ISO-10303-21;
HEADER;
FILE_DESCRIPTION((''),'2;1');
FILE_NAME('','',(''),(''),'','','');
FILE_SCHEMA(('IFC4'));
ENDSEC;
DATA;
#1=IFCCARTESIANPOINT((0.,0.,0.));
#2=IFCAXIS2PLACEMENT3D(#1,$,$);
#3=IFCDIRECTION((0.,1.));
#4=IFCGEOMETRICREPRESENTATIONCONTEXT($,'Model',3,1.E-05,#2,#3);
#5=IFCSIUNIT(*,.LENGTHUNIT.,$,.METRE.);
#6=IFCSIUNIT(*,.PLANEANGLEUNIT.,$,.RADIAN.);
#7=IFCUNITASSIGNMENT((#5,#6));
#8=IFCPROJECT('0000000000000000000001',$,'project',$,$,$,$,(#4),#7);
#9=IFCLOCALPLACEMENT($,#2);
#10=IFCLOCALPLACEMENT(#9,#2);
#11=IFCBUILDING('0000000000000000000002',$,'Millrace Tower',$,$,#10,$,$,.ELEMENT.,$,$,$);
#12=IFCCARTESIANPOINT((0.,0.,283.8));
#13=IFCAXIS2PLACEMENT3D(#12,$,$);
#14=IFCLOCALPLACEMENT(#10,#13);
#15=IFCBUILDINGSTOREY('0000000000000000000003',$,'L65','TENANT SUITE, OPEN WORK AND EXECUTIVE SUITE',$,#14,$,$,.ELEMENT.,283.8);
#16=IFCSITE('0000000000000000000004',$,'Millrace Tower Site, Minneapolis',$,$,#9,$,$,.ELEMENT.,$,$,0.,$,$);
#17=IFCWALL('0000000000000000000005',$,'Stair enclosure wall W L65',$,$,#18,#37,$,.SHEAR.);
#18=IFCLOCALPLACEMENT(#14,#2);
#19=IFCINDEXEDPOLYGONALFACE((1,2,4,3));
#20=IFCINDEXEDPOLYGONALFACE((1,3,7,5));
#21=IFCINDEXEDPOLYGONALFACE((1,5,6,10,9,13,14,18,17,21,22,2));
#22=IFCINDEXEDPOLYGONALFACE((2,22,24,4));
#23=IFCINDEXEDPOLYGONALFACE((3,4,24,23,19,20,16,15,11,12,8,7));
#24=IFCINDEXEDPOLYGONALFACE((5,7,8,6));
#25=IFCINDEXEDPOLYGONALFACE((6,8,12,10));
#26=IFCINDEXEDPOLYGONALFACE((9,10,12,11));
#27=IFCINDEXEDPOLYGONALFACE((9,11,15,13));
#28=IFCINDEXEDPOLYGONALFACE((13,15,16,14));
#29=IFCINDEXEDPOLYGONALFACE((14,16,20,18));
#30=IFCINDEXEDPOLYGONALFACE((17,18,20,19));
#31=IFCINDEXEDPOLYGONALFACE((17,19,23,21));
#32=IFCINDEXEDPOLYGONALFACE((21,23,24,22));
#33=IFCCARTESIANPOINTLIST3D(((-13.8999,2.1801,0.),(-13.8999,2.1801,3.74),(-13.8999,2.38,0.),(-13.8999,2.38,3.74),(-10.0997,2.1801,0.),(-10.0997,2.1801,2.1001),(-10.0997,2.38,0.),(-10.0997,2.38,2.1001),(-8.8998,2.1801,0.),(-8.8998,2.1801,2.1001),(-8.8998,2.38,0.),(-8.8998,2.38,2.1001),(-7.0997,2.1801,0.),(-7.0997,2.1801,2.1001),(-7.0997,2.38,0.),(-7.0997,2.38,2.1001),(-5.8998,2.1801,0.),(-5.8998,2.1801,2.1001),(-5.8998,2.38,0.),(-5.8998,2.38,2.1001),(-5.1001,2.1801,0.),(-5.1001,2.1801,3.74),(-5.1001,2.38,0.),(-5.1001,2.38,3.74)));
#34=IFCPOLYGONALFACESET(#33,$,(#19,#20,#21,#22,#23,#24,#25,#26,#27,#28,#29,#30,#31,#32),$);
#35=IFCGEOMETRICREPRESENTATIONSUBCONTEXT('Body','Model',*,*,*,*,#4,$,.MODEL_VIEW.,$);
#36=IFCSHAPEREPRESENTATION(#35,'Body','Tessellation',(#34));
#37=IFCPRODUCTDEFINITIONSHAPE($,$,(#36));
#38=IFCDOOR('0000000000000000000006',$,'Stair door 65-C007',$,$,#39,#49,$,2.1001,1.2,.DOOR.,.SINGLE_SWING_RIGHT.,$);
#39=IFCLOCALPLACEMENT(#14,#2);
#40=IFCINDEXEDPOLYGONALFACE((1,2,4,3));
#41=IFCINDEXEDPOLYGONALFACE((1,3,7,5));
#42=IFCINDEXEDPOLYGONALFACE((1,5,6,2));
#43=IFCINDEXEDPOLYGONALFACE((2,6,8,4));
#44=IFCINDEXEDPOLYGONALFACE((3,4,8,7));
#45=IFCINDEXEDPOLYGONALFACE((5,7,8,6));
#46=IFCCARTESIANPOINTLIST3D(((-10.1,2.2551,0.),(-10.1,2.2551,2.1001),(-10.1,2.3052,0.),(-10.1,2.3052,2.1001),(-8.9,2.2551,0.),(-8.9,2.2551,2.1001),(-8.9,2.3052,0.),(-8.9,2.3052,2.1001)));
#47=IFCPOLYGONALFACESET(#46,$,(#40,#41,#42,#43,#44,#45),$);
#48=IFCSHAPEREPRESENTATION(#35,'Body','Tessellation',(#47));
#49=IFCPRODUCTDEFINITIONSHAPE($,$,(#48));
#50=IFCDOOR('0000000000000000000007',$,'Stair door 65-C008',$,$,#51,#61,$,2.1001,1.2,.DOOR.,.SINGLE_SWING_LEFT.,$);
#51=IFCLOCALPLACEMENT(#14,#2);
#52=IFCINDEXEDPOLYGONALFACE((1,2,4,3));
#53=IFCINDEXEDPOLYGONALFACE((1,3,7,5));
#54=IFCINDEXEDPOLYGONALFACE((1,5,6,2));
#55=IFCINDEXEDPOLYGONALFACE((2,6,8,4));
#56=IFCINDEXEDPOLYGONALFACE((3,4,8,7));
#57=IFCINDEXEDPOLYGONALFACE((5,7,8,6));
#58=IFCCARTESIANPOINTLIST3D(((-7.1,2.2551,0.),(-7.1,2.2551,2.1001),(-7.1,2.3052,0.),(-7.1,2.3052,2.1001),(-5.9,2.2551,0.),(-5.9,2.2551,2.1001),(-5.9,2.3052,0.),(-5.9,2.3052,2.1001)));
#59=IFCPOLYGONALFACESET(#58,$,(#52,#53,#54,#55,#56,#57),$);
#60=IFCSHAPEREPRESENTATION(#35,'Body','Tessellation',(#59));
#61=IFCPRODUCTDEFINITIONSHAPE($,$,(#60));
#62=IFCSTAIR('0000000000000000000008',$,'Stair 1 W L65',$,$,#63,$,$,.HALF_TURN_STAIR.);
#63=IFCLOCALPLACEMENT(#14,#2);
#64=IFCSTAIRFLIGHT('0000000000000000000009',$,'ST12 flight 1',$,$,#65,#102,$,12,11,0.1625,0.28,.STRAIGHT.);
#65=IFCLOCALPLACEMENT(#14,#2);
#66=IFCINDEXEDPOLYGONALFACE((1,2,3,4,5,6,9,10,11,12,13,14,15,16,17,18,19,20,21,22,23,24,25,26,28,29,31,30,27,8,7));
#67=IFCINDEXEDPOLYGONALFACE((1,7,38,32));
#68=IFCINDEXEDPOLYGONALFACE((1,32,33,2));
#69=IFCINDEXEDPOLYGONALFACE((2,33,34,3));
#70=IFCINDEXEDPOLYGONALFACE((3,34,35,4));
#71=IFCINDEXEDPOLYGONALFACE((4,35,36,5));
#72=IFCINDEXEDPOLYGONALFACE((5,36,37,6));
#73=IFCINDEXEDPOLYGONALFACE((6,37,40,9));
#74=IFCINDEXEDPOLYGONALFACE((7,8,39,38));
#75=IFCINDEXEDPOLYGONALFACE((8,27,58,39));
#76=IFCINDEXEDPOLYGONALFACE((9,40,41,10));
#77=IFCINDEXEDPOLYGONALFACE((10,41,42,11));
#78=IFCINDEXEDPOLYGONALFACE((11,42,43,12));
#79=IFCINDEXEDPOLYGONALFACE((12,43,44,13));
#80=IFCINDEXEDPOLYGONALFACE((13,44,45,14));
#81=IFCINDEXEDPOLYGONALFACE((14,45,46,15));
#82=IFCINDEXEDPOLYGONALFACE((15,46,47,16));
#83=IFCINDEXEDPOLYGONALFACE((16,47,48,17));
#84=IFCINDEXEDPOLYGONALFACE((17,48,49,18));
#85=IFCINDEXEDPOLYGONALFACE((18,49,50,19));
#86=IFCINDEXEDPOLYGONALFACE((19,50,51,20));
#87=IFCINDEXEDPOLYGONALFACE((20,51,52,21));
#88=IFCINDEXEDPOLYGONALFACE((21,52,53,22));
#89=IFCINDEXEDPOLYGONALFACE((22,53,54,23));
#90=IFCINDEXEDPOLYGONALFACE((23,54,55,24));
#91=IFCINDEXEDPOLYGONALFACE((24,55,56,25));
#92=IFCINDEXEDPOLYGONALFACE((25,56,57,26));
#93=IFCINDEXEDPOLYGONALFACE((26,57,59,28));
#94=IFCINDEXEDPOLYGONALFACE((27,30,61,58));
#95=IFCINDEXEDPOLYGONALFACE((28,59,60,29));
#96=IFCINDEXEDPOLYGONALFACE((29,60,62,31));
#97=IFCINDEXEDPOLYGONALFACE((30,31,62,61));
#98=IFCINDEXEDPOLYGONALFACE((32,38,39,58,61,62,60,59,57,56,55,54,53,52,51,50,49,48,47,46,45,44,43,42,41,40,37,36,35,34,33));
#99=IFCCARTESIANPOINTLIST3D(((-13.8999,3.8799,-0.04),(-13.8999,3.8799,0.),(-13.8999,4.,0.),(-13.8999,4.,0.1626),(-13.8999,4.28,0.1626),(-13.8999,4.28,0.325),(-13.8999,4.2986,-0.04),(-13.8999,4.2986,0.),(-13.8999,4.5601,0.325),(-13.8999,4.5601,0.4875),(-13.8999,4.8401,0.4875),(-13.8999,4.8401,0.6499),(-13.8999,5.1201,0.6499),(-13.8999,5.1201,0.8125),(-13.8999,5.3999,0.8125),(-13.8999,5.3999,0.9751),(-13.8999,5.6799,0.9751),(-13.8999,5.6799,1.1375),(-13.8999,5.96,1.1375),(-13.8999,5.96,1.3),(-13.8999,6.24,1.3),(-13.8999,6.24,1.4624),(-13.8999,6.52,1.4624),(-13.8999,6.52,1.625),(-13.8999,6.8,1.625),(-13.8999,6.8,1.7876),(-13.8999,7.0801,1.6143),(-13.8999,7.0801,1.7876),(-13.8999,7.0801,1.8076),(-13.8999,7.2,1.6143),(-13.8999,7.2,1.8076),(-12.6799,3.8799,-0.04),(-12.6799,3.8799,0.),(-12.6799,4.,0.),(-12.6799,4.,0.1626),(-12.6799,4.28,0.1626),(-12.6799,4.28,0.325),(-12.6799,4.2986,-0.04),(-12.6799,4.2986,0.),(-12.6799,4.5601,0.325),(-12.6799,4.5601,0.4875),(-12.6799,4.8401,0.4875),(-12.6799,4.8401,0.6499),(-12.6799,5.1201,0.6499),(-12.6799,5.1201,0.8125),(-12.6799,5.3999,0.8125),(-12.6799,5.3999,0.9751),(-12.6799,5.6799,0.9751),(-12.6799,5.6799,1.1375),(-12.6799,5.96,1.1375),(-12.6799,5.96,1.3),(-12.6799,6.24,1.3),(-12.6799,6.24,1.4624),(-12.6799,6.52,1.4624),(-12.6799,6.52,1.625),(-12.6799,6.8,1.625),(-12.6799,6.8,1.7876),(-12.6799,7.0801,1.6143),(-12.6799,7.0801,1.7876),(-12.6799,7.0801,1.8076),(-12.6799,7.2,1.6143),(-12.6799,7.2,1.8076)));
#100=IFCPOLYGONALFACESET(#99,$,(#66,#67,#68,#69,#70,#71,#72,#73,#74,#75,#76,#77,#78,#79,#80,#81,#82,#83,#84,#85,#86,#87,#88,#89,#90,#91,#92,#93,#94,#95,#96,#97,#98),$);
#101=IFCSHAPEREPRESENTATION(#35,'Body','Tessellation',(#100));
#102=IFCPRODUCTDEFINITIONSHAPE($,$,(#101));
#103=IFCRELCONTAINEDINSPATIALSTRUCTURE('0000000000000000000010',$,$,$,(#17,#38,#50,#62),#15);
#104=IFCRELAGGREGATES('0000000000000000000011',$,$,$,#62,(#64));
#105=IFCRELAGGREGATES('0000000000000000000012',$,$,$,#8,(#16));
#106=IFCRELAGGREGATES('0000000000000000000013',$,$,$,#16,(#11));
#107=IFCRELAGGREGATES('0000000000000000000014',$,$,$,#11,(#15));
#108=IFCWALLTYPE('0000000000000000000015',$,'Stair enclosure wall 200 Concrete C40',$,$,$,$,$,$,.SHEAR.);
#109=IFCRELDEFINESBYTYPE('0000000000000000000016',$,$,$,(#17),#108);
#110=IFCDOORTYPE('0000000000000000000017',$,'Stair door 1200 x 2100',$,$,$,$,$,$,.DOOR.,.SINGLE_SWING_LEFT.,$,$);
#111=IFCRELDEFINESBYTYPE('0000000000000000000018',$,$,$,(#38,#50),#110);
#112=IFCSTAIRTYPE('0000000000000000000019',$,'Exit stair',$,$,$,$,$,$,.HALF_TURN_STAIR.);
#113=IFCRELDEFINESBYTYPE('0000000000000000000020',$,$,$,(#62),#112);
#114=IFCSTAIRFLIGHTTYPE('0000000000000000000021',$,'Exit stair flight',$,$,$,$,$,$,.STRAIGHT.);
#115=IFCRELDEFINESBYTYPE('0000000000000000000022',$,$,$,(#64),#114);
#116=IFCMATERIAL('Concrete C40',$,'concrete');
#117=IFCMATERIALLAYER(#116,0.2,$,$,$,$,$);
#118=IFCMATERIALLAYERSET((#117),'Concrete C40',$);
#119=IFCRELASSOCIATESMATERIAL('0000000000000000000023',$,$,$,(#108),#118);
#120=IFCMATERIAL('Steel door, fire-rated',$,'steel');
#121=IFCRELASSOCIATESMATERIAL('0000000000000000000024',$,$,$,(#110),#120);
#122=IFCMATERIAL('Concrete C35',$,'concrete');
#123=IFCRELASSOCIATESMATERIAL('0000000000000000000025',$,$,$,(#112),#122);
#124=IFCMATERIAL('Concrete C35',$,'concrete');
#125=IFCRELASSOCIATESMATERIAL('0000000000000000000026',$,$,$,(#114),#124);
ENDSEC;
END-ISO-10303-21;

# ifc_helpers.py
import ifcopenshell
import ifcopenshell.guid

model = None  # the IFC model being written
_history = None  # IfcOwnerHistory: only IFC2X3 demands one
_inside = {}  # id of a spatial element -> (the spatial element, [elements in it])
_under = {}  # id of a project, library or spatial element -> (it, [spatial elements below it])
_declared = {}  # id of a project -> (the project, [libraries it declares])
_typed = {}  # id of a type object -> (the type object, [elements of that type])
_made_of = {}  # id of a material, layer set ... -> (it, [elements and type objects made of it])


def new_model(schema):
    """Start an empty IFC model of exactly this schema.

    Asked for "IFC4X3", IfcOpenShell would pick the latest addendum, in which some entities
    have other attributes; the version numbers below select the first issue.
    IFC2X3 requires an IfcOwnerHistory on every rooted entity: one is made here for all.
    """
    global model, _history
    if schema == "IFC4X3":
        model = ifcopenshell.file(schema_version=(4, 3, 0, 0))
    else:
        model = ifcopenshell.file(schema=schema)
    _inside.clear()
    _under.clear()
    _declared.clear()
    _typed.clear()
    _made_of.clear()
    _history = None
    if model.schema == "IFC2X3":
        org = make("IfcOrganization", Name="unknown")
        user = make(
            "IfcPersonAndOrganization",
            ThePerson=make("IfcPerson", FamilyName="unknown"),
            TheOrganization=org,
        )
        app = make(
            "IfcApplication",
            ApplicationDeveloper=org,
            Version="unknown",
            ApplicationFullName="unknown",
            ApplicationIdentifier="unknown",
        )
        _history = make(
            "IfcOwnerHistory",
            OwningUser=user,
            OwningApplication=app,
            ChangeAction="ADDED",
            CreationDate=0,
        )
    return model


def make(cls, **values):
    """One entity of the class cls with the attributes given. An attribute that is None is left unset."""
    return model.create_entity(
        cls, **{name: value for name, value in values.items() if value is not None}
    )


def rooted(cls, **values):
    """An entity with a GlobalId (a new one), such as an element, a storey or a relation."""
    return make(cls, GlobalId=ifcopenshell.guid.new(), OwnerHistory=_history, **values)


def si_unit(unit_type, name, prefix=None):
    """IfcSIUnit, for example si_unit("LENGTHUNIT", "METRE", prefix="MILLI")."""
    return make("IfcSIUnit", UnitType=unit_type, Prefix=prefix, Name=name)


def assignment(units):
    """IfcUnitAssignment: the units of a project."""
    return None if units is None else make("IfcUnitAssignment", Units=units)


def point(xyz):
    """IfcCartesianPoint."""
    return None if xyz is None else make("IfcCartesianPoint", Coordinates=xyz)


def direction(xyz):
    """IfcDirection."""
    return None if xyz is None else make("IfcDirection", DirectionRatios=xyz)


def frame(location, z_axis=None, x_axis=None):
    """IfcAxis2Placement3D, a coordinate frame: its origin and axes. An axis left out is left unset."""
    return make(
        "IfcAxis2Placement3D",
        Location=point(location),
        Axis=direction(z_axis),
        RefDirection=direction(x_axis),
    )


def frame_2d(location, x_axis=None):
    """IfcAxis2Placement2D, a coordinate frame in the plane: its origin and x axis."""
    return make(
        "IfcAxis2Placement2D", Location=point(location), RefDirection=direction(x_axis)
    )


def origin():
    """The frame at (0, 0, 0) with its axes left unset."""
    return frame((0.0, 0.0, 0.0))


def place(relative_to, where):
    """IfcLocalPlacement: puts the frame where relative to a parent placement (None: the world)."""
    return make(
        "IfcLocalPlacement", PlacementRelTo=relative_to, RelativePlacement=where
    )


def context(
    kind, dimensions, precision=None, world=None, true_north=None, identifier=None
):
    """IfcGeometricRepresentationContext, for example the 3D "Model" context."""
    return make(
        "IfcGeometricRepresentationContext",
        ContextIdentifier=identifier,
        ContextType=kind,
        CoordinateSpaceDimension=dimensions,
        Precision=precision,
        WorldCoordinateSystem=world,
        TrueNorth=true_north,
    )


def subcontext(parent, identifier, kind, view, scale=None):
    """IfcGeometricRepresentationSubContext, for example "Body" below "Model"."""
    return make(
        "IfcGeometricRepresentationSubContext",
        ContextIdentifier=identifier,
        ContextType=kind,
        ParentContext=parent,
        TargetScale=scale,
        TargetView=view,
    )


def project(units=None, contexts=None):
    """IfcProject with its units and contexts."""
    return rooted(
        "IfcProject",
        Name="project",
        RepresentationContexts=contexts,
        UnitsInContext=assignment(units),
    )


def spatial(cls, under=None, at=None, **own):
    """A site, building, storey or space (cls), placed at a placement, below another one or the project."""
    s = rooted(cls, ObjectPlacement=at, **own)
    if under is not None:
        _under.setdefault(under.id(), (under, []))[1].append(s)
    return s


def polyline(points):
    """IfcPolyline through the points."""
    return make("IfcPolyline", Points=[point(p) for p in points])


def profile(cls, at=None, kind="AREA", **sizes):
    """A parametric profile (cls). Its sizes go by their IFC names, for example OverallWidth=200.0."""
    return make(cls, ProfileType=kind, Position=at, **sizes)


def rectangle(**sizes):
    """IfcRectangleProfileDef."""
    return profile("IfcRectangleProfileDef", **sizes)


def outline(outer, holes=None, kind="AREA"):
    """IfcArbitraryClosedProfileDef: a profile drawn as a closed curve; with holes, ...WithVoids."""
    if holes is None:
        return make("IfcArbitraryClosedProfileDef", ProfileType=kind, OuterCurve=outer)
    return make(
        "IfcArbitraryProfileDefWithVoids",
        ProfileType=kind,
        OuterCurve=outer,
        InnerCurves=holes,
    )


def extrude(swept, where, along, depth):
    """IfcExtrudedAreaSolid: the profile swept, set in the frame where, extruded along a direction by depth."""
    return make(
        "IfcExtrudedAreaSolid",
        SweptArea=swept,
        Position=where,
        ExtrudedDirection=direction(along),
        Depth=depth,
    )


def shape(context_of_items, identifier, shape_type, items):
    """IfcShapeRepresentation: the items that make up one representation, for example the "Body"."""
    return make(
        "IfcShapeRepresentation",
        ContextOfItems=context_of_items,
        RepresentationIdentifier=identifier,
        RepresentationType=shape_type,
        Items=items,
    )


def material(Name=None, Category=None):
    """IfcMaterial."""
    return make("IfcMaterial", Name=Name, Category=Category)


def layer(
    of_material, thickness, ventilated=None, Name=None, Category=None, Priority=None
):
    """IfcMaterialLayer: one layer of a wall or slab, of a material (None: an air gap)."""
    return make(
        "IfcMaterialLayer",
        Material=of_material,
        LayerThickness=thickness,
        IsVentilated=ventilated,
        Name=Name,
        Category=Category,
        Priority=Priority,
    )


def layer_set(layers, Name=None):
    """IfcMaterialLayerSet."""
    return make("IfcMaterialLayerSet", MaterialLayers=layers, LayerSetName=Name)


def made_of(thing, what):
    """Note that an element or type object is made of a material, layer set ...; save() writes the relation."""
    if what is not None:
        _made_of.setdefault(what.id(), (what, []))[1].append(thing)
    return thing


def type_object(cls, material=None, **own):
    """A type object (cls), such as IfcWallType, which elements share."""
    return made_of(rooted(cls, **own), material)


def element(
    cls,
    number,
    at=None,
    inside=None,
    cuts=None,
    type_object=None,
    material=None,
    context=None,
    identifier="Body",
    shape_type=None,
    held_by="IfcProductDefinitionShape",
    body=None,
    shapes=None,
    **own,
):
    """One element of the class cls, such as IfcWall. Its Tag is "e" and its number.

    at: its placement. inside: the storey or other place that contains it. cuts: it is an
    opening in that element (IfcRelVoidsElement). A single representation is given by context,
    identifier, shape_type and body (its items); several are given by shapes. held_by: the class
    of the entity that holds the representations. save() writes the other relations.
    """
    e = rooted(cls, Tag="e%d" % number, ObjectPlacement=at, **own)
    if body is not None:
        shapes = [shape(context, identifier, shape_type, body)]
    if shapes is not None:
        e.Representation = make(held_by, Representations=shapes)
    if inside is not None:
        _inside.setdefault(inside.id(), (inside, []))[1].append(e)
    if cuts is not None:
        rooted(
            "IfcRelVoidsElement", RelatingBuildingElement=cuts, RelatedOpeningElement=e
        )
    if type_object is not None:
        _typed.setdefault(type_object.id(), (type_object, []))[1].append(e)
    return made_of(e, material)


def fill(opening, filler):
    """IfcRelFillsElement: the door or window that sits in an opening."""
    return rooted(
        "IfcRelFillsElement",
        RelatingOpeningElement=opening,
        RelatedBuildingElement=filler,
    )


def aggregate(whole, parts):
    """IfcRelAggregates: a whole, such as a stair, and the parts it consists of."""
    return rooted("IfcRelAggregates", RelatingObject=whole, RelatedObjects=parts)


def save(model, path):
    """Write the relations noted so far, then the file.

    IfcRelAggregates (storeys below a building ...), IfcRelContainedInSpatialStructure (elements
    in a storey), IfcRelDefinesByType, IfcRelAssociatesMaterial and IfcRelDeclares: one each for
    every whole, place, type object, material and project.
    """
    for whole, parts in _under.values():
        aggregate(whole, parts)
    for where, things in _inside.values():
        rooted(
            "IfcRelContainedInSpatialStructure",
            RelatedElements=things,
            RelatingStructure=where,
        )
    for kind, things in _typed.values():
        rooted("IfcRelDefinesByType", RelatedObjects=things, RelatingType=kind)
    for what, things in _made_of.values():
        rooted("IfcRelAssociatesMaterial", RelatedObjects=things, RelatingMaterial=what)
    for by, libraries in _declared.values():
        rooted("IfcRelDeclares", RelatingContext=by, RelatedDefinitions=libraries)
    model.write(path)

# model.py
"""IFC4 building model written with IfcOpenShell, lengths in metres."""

from ifc_helpers import new_model, si_unit, direction, frame, frame_2d, origin, place, context, subcontext, project, spatial, polyline, rectangle, outline, extrude, material, layer, layer_set, type_object, element, fill, aggregate, save


model = new_model("IFC4")

# Units and contexts
model_context = context("Model", 3, precision=1e-05, world=origin(), true_north=direction((0.0, 1.0)))
body_context = subcontext(model_context, "Body", "Model", "MODEL_VIEW")
ifc_project = project(units=[si_unit("LENGTHUNIT", "METRE"), si_unit("PLANEANGLEUNIT", "RADIAN")], contexts=[model_context])

# Site, building, storey
site_placement = place(None, origin())
site = spatial("IfcSite", under=ifc_project, at=site_placement, Name="Millrace Tower Site, Minneapolis", CompositionType="ELEMENT", RefElevation=0.0)
building_placement = place(site_placement, origin())
building = spatial("IfcBuilding", under=site, at=building_placement, Name="Millrace Tower", CompositionType="ELEMENT")
storey_placement = place(building_placement, frame((0.0, 0.0, 283.8)))
storey = spatial("IfcBuildingStorey", under=building, at=storey_placement, Name="L65", Description="TENANT SUITE, OPEN WORK AND EXECUTIVE SUITE", CompositionType="ELEMENT", Elevation=283.8)

# Shared definitions
placement = place(storey_placement, origin())

# Shared definitions
ifc_material_1 = material(Name="Concrete C40", Category="concrete")
ifc_layer_1 = layer(ifc_material_1, 0.2)
ifc_layer_set_1 = layer_set([ifc_layer_1], Name="Concrete C40")
wall_type_1 = type_object("IfcWallType", Name="Stair enclosure wall 200 Concrete C40", PredefinedType="SHEAR", material=ifc_layer_set_1)

# Wall, openings, doors
wall_1_placement = place(storey_placement, frame((-13.8999, 2.28, 0.0), z_axis=(0.0, 0.0, 1.0), x_axis=(1.0, 0.0, 0.0)))
wall_1 = element("IfcWall", 1, at=wall_1_placement, inside=storey, type_object=wall_type_1, Name="Stair enclosure wall W L65", PredefinedType="SHEAR", context=body_context, shape_type="SweptSolid", body=[
    extrude(rectangle(XDim=8.7998, YDim=0.2, at=frame_2d((4.3999, 0.0))), origin(), (0.0, 0.0, 1.0), 3.74),
])
opening_1_placement = place(wall_1_placement, frame((3.8, 0.0, 0.0)))
opening_1 = element("IfcOpeningElement", 2, at=opening_1_placement, cuts=wall_1, PredefinedType="OPENING", context=body_context, shape_type="SweptSolid", body=[
    extrude(rectangle(XDim=1.2, YDim=2.1001, at=frame_2d((0.6001, 1.05))), frame((0.0, 0.1099, 0.0), z_axis=(0.0, -1.0, 0.0), x_axis=(1.0, 0.0, 0.0)), (0.0, 0.0, 1.0), 0.22),
])
opening_2_placement = place(wall_1_placement, frame((6.8, 0.0, 0.0)))
opening_2 = element("IfcOpeningElement", 3, at=opening_2_placement, cuts=wall_1, PredefinedType="OPENING", context=body_context, shape_type="SweptSolid", body=[
    extrude(rectangle(XDim=1.2, YDim=2.1001, at=frame_2d((0.6001, 1.05))), frame((0.0, 0.1099, 0.0), z_axis=(0.0, -1.0, 0.0), x_axis=(1.0, 0.0, 0.0)), (0.0, 0.0, 1.0), 0.22),
])
ifc_material_2 = material(Name="Steel door, fire-rated", Category="steel")
door_type_1 = type_object("IfcDoorType", Name="Stair door 1200 x 2100", OperationType="SINGLE_SWING_LEFT", PredefinedType="DOOR", material=ifc_material_2)
door_1_placement = place(opening_1_placement, frame((1.2, 0.0, 0.0), z_axis=(0.0, 0.0, 1.0), x_axis=(-1.0, 0.0, 0.0)))
door_1 = element("IfcDoor", 4, at=door_1_placement, inside=storey, type_object=door_type_1, Name="Stair door 65-C007", OperationType="SINGLE_SWING_RIGHT", OverallHeight=2.1001, OverallWidth=1.2, PredefinedType="DOOR", context=body_context, shape_type="SweptSolid", body=[
    extrude(rectangle(XDim=1.2, YDim=2.1001, at=frame_2d((0.6001, 1.05))), frame((0.0, 0.0249, 0.0), z_axis=(0.0, -1.0, 0.0), x_axis=(1.0, 0.0, 0.0)), (0.0, 0.0, 1.0), 0.05),
])
fill(opening_1, door_1)
door_2_placement = place(opening_2_placement, frame((1.2, 0.0, 0.0), z_axis=(0.0, 0.0, 1.0), x_axis=(-1.0, 0.0, 0.0)))
door_2 = element("IfcDoor", 5, at=door_2_placement, inside=storey, type_object=door_type_1, Name="Stair door 65-C008", OperationType="SINGLE_SWING_LEFT", OverallHeight=2.1001, OverallWidth=1.2, PredefinedType="DOOR", context=body_context, shape_type="SweptSolid", body=[
    extrude(rectangle(XDim=1.2, YDim=2.1001, at=frame_2d((0.6001, 1.05))), frame((0.0, 0.0249, 0.0), z_axis=(0.0, -1.0, 0.0), x_axis=(1.0, 0.0, 0.0)), (0.0, 0.0, 1.0), 0.05),
])
fill(opening_2, door_2)

# Stair, stair flight
ifc_material_3 = material(Name="Concrete C35", Category="concrete")
stair_type = type_object("IfcStairType", Name="Exit stair", PredefinedType="HALF_TURN_STAIR", material=ifc_material_3)
stair = element("IfcStair", 6, at=placement, inside=storey, type_object=stair_type, Name="Stair 1 W L65", PredefinedType="HALF_TURN_STAIR")
ifc_material_4 = material(Name="Concrete C35", Category="concrete")
stair_flight_type = type_object("IfcStairFlightType", Name="Exit stair flight", PredefinedType="STRAIGHT", material=ifc_material_4)
stair_flight_placement = place(storey_placement, frame((-13.29, 4.0, 0.0), z_axis=(0.0, 0.0, 1.0), x_axis=(0.0, 1.0, 0.0)))
stair_flight = element("IfcStairFlight", 7, at=stair_flight_placement, type_object=stair_flight_type, Name="ST12 flight 1", NumberOfRisers=12, NumberOfTreads=11, PredefinedType="STRAIGHT", RiserHeight=0.1625, TreadLength=0.28, context=body_context, shape_type="SweptSolid", body=[
    extrude(outline(polyline([(-0.1201, -0.04), (-0.1201, 0.0), (0.0, 0.0), (0.0, 0.1626), (0.28, 0.1626), (0.28, 0.325), (0.5601, 0.325), (0.5601, 0.4875), (0.8401, 0.4875), (0.8401, 0.6499), (1.1201, 0.6499), (1.1201, 0.8125), (1.3999, 0.8125), (1.3999, 0.9751), (1.6799, 0.9751), (1.6799, 1.1375), (1.96, 1.1375), (1.96, 1.3), (2.24, 1.3), (2.24, 1.4624), (2.52, 1.4624), (2.52, 1.625), (2.8, 1.625), (2.8, 1.7876), (3.0801, 1.7876), (3.0801, 1.8076), (3.2, 1.8076), (3.2, 1.6143), (3.0801, 1.6143), (0.2986, 0.0), (0.2986, -0.04), (-0.1201, -0.04)])), frame((0.0, 0.6099, 0.0), z_axis=(0.0, -1.0, 0.0), x_axis=(1.0, 0.0, 0.0)), (0.0, 0.0, 1.0), 1.22),
])
aggregate(stair, [stair_flight])

save(model, "model.ifc")
